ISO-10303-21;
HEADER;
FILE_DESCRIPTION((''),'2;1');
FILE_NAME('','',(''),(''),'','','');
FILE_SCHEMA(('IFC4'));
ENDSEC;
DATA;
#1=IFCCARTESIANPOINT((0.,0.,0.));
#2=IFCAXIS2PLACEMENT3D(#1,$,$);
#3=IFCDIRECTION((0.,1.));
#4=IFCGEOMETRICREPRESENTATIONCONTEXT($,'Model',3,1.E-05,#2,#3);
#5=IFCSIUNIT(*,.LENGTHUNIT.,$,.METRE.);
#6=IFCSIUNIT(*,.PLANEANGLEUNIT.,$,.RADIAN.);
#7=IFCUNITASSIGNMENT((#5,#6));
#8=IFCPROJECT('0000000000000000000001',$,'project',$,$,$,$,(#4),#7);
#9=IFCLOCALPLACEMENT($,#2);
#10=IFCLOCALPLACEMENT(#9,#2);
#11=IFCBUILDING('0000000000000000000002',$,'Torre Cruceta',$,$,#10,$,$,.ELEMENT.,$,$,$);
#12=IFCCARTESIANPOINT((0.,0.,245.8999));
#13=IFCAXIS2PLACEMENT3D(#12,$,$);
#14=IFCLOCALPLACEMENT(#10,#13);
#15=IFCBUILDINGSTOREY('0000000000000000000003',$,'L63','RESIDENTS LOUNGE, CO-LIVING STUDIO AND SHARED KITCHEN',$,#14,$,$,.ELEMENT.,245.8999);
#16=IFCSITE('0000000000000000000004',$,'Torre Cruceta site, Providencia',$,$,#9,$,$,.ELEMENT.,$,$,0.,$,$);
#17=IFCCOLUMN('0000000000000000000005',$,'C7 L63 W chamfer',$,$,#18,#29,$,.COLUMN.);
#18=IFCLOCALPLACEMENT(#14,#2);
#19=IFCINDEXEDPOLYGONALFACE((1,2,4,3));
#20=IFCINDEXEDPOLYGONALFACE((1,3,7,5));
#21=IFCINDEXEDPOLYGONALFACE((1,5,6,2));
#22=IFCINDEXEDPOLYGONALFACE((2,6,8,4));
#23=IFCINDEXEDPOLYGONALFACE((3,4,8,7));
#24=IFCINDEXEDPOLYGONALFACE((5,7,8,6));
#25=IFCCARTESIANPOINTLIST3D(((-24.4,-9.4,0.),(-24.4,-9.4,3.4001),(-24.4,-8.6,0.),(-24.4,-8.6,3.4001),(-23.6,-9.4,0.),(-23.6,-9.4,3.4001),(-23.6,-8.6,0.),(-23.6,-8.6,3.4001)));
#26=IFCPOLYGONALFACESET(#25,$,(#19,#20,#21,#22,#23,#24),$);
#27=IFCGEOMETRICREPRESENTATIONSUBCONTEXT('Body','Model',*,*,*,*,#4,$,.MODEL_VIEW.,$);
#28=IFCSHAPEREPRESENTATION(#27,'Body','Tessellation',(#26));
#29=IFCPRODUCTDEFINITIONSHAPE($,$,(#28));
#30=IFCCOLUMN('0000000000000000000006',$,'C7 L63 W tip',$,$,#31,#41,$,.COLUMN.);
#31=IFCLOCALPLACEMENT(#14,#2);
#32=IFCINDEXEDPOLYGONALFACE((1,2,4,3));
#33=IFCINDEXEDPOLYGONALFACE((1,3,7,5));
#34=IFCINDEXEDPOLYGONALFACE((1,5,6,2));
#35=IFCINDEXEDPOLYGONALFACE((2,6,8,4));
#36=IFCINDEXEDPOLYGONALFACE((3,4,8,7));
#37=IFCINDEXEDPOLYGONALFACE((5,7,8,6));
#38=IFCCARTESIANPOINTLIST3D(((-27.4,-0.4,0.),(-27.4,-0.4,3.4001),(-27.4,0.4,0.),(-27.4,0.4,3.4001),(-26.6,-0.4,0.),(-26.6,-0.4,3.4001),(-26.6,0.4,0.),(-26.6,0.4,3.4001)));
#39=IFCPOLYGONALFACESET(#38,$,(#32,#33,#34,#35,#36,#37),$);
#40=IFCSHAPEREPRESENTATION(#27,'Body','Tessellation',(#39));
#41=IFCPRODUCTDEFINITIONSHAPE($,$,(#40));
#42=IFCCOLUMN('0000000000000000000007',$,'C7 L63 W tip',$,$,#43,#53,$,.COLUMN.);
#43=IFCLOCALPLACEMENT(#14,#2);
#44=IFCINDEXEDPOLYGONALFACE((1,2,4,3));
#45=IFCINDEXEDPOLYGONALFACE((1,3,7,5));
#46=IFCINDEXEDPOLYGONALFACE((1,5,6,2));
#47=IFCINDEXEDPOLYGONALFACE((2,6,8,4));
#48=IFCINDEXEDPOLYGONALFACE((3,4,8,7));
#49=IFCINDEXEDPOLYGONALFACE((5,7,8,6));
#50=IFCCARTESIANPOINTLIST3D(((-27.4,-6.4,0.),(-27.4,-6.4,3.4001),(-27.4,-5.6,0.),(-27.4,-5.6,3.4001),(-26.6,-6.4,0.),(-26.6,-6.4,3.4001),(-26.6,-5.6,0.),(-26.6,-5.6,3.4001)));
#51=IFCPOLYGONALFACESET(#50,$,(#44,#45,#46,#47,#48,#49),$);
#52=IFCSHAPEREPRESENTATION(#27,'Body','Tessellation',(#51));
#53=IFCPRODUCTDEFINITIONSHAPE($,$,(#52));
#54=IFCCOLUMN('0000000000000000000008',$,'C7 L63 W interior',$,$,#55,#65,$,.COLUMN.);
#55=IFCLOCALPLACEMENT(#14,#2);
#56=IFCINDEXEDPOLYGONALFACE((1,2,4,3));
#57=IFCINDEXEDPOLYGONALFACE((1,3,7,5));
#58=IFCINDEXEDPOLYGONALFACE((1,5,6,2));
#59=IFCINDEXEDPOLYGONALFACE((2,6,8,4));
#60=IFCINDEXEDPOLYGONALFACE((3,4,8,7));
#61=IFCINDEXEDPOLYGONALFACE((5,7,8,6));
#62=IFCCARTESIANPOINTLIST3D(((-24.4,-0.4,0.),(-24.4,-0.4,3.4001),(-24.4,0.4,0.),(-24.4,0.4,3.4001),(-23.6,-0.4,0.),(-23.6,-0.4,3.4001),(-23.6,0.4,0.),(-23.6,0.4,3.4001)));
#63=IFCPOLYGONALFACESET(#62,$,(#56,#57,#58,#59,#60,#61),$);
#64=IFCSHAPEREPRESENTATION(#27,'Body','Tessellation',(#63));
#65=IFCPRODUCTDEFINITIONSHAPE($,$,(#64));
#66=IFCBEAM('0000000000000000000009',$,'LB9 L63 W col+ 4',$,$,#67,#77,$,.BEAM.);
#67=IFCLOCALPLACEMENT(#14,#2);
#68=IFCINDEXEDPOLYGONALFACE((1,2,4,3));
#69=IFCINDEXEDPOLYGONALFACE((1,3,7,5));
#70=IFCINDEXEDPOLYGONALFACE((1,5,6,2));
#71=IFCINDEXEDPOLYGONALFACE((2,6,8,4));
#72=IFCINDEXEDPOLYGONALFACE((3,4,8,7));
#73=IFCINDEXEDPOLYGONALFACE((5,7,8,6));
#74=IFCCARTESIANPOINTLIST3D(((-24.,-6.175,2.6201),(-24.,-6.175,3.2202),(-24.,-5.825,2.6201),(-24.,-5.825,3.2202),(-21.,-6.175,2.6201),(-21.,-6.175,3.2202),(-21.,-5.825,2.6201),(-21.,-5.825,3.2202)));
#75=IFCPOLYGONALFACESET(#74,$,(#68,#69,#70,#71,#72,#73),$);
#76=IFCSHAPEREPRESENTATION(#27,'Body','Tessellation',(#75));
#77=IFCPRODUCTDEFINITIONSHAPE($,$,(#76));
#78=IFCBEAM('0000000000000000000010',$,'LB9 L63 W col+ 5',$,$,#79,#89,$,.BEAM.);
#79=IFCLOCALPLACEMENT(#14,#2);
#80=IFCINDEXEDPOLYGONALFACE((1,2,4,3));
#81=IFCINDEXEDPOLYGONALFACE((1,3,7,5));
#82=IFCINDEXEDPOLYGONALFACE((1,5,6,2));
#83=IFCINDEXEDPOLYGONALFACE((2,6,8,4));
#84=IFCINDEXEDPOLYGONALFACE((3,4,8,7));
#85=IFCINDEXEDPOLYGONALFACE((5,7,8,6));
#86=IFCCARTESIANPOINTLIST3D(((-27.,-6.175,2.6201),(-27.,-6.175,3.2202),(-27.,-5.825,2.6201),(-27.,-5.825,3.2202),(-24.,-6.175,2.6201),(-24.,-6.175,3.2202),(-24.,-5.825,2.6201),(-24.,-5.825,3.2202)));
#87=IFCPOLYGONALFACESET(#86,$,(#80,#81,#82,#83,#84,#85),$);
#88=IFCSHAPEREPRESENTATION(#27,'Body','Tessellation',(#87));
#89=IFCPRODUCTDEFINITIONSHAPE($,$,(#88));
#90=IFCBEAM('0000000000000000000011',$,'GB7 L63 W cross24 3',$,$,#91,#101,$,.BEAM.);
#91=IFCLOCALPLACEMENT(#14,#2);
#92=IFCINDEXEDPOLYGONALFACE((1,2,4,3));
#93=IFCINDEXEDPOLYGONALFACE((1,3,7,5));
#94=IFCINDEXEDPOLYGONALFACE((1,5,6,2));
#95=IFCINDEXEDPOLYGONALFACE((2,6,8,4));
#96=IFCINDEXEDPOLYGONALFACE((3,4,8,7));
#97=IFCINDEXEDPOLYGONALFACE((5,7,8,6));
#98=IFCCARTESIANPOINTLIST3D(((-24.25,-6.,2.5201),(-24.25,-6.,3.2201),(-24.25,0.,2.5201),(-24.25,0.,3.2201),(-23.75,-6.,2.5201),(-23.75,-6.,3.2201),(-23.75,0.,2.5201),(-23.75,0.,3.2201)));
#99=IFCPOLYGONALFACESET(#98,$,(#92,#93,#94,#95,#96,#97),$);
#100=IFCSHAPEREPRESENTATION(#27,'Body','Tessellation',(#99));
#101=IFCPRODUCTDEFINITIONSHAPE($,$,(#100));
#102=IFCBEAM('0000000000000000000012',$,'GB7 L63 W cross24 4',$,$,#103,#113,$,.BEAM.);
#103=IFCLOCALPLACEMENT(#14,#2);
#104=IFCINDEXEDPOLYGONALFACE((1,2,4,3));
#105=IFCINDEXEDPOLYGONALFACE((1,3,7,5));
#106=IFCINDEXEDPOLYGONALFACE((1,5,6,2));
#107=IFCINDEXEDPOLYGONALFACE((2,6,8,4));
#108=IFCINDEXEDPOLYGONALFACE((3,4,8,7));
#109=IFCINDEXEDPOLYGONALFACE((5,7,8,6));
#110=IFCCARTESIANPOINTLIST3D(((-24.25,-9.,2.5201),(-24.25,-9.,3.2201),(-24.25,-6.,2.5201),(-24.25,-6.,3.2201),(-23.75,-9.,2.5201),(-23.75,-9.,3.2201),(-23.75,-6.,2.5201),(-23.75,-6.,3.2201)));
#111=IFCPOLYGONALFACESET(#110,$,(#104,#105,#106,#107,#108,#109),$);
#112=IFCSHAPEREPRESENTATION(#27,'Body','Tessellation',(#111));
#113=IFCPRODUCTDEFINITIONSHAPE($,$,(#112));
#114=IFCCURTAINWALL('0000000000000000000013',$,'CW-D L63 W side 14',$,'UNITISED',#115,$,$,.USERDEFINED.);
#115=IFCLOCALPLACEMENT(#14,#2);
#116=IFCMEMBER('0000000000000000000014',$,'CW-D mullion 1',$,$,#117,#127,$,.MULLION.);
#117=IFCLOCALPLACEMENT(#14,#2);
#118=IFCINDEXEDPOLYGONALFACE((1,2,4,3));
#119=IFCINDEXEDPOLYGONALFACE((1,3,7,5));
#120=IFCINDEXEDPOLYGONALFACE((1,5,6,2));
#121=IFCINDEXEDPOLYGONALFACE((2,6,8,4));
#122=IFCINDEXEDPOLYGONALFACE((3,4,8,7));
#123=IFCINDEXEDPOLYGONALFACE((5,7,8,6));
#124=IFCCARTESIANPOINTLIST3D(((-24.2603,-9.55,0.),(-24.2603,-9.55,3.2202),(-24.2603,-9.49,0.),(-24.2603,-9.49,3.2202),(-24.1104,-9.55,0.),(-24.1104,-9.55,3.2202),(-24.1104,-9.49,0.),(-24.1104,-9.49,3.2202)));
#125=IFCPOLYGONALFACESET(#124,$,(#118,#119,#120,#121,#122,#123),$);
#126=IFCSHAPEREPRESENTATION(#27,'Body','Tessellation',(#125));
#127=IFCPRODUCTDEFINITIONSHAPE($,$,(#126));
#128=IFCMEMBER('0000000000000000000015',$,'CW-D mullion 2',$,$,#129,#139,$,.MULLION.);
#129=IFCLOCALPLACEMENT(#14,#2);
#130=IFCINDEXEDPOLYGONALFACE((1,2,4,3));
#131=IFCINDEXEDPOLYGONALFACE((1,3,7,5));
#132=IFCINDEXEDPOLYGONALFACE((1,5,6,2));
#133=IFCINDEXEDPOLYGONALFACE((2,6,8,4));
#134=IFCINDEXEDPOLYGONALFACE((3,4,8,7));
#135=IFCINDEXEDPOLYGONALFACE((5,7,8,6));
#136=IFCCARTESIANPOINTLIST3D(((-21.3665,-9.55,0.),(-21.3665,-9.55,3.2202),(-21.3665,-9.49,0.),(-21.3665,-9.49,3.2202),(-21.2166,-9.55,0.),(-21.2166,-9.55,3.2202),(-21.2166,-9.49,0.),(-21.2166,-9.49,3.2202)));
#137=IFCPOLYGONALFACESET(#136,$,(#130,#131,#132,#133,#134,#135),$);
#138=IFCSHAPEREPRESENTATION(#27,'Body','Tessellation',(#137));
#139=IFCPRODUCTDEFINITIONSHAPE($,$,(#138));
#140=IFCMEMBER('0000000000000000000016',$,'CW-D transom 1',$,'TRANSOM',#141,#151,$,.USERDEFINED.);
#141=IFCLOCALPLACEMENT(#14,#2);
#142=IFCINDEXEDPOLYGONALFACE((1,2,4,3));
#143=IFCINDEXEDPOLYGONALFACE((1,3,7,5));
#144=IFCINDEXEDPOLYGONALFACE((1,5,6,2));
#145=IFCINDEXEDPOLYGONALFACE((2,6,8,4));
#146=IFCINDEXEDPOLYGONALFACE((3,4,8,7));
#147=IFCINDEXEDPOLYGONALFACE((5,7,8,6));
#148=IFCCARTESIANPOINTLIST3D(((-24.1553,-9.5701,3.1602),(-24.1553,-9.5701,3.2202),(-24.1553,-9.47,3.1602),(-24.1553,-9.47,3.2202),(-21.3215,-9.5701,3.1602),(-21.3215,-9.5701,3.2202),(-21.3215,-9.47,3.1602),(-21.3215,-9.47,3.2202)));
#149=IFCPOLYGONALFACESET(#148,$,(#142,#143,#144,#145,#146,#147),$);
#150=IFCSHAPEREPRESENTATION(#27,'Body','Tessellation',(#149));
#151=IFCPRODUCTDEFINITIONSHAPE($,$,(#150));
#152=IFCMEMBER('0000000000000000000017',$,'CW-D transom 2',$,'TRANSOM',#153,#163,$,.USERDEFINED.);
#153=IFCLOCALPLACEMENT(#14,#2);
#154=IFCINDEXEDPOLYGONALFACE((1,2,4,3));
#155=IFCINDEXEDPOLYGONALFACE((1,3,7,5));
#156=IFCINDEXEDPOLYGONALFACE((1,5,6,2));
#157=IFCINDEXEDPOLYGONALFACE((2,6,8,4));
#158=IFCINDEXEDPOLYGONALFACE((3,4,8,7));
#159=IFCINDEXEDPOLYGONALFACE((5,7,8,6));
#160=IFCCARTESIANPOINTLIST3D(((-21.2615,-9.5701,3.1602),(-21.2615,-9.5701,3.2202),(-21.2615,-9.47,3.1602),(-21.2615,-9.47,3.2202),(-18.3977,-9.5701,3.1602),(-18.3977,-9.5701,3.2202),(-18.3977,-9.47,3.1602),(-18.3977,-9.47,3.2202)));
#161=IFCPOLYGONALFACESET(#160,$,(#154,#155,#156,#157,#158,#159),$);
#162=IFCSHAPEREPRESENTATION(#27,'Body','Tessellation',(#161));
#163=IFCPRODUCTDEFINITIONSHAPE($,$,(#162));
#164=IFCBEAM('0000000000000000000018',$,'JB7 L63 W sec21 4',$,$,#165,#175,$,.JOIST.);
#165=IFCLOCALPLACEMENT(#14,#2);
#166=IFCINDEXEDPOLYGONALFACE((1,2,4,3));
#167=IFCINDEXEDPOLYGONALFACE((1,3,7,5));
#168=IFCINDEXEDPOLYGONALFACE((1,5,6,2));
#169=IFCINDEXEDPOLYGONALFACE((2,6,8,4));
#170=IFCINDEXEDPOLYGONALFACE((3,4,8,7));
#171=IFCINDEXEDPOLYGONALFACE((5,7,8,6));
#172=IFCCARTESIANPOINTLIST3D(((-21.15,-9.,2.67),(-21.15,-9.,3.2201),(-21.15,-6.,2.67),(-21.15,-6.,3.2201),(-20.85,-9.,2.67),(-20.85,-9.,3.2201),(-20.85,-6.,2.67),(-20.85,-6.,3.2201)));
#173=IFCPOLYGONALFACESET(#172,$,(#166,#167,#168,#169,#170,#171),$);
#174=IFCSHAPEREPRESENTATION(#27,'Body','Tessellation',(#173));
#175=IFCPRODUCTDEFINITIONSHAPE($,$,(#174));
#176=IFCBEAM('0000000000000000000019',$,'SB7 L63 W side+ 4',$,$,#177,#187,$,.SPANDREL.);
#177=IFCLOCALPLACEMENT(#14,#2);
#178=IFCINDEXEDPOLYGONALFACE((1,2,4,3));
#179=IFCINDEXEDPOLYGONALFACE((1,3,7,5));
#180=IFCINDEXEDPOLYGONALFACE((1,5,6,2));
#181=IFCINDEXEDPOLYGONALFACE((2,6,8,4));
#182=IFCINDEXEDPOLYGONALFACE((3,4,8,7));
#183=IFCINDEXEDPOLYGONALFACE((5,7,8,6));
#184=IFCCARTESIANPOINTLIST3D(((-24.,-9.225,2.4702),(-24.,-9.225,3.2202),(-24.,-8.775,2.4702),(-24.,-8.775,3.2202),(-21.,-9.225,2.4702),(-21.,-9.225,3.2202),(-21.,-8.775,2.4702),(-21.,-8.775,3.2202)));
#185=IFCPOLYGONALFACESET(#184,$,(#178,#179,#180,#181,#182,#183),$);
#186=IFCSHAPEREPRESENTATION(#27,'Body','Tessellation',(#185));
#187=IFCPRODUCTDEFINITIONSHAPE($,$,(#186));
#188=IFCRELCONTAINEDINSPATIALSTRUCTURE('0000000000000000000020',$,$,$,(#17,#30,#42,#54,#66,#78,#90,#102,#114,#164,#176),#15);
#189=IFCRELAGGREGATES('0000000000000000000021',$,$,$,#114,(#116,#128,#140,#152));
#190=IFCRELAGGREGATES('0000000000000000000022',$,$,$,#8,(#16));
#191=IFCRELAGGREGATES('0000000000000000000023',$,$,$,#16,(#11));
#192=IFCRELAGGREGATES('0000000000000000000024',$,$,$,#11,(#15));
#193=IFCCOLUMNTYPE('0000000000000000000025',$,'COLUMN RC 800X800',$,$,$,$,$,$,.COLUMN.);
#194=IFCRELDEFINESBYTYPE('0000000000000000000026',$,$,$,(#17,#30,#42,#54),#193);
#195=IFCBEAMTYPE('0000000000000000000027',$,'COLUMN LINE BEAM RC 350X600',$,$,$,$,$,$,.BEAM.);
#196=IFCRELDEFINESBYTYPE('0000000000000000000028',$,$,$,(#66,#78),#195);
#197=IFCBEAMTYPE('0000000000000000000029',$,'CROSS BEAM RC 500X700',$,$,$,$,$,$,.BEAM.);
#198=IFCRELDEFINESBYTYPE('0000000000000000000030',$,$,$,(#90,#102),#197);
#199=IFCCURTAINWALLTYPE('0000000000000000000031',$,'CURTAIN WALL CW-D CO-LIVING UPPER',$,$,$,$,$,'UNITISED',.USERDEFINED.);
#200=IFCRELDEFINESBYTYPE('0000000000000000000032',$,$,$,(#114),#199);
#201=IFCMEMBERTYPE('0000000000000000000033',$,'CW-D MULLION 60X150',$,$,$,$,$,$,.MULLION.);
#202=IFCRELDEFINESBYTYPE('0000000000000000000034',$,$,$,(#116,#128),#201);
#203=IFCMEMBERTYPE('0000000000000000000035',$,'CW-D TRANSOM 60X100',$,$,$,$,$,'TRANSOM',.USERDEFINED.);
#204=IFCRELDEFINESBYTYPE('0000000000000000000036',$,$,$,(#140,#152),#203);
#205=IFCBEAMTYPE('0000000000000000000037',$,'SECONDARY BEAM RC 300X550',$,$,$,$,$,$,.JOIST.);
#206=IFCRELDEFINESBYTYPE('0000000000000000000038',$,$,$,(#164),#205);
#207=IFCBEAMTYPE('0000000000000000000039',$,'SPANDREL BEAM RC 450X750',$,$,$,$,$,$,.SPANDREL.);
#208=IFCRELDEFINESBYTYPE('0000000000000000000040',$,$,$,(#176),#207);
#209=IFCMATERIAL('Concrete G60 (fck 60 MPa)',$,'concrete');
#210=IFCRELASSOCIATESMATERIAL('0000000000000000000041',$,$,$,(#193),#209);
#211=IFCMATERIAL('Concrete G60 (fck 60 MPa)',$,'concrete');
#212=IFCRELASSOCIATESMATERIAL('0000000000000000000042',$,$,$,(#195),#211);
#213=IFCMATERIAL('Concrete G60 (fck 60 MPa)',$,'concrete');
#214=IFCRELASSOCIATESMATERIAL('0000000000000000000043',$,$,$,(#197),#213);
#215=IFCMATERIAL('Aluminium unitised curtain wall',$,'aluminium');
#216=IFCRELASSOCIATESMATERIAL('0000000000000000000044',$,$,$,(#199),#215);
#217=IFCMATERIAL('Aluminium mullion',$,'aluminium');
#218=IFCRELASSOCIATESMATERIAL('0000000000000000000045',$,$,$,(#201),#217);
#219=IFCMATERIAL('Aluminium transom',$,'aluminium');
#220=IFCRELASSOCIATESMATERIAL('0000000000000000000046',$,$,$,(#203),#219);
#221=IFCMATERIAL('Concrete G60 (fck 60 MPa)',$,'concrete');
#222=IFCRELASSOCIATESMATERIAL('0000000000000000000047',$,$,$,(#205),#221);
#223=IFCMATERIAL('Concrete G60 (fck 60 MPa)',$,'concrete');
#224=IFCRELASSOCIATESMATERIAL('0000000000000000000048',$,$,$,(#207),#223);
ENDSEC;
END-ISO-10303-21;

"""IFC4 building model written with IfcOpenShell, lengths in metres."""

from ifc_helpers import new_model, si_unit, direction, frame, origin, origin_2d, place, context, subcontext, project, spatial, rectangle, extrude, material, material_profile, profile_set, type_object, element, aggregate, save


model = new_model("IFC4")

# Units and contexts
model_context = context("Model", 3, precision=1e-05, world=origin(), true_north=direction((0.0, 1.0)))
body_context = subcontext(model_context, "Body", "Model", "MODEL_VIEW")
ifc_project = project(units=[si_unit("LENGTHUNIT", "METRE"), si_unit("PLANEANGLEUNIT", "RADIAN")], contexts=[model_context])

# Site, building, storey
site_placement = place(None, origin())
site = spatial("IfcSite", under=ifc_project, at=site_placement, Name="Torre Cruceta site, Providencia", CompositionType="ELEMENT", RefElevation=0.0)
building_placement = place(site_placement, origin())
building = spatial("IfcBuilding", under=site, at=building_placement, Name="Torre Cruceta", CompositionType="ELEMENT")
storey_placement = place(building_placement, frame((0.0, 0.0, 245.8999)))
storey = spatial("IfcBuildingStorey", under=building, at=storey_placement, Name="L63", Description="RESIDENTS LOUNGE, CO-LIVING STUDIO AND SHARED KITCHEN", CompositionType="ELEMENT", Elevation=245.8999)

# Columns
ifc_material_1 = material(Name="Concrete G60 (fck 60 MPa)", Category="concrete")
ifc_material_profile_1 = material_profile(ifc_material_1, rectangle(XDim=0.8, YDim=0.8, at=origin_2d()), Name="RC 800X800")
ifc_profile_set_1 = profile_set([ifc_material_profile_1], Name="Concrete G60 (fck 60 MPa)")
column_type = type_object("IfcColumnType", Name="COLUMN RC 800X800", PredefinedType="COLUMN", material=ifc_profile_set_1)
for number, where, z_axis, x_axis, name in (
    (1, (-24.0, -9.0, 0.0), (0.0, 0.0, 1.0), (1.0, 0.0, 0.0), "C7 L63 W chamfer"),
    (2, (-27.0, 0.0, 0.0), (0.0, 0.0, 1.0), (1.0, 0.0, 0.0), "C7 L63 W tip"),
    (3, (-27.0, -6.0, 0.0), (0.0, 0.0, 1.0), (1.0, 0.0, 0.0), "C7 L63 W tip"),
    (4, (-24.0, 0.0, 0.0), (0.0, 0.0, 1.0), (1.0, 0.0, 0.0), "C7 L63 W interior"),
):
    element("IfcColumn", number, at=place(storey_placement, frame(where, z_axis=z_axis, x_axis=x_axis)), inside=storey, type_object=column_type, Name=name, PredefinedType="COLUMN", context=body_context, shape_type="SweptSolid", body=[
        extrude(rectangle(XDim=0.8, YDim=0.8, at=origin_2d()), origin(), (0.0, 0.0, 1.0), 3.4001),
    ])

# Beams
ifc_material_2 = material(Name="Concrete G60 (fck 60 MPa)", Category="concrete")
ifc_material_profile_2 = material_profile(ifc_material_2, rectangle(XDim=0.3501, YDim=0.6001, at=origin_2d()), Name="RC 350X600")
ifc_profile_set_2 = profile_set([ifc_material_profile_2], Name="Concrete G60 (fck 60 MPa)")
beam_type_1 = type_object("IfcBeamType", Name="COLUMN LINE BEAM RC 350X600", PredefinedType="BEAM", material=ifc_profile_set_2)
for number, where, z_axis, x_axis, name in (
    (5, (-21.0, -6.0, 2.9202), (-1.0, 0.0, 0.0), (0.0, -1.0, 0.0), "LB9 L63 W col+ 4"),
    (6, (-24.0, -6.0, 2.9202), (-1.0, 0.0, 0.0), (0.0, -1.0, 0.0), "LB9 L63 W col+ 5"),
):
    element("IfcBeam", number, at=place(storey_placement, frame(where, z_axis=z_axis, x_axis=x_axis)), inside=storey, type_object=beam_type_1, Name=name, PredefinedType="BEAM", context=body_context, shape_type="SweptSolid", body=[
        extrude(rectangle(XDim=0.3501, YDim=0.6001, at=origin_2d()), origin(), (0.0, 0.0, 1.0), 3.0),
    ])
ifc_material_3 = material(Name="Concrete G60 (fck 60 MPa)", Category="concrete")
ifc_material_profile_3 = material_profile(ifc_material_3, rectangle(XDim=0.5, YDim=0.7, at=origin_2d()), Name="RC 500X700")
ifc_profile_set_3 = profile_set([ifc_material_profile_3], Name="Concrete G60 (fck 60 MPa)")
beam_type_2 = type_object("IfcBeamType", Name="CROSS BEAM RC 500X700", PredefinedType="BEAM", material=ifc_profile_set_3)
beam_1_placement = place(storey_placement, frame((-24.0, 0.0, 2.8701), z_axis=(0.0, -1.0, 0.0), x_axis=(1.0, 0.0, 0.0)))
element("IfcBeam", 7, at=beam_1_placement, inside=storey, type_object=beam_type_2, Name="GB7 L63 W cross24 3", PredefinedType="BEAM", context=body_context, shape_type="SweptSolid", body=[
    extrude(rectangle(XDim=0.5, YDim=0.7, at=origin_2d()), origin(), (0.0, 0.0, 1.0), 6.0),
])
beam_2_placement = place(storey_placement, frame((-24.0, -6.0, 2.8701), z_axis=(0.0, -1.0, 0.0), x_axis=(1.0, 0.0, 0.0)))
element("IfcBeam", 8, at=beam_2_placement, inside=storey, type_object=beam_type_2, Name="GB7 L63 W cross24 4", PredefinedType="BEAM", context=body_context, shape_type="SweptSolid", body=[
    extrude(rectangle(XDim=0.5, YDim=0.7, at=origin_2d()), origin(), (0.0, 0.0, 1.0), 3.0),
])

# Curtain wall, members
ifc_material_4 = material(Name="Aluminium unitised curtain wall", Category="aluminium")
curtain_wall_type = type_object("IfcCurtainWallType", Name="CURTAIN WALL CW-D CO-LIVING UPPER", ElementType="UNITISED", PredefinedType="USERDEFINED", material=ifc_material_4)
curtain_wall_placement = place(storey_placement, origin())
curtain_wall = element("IfcCurtainWall", 9, at=curtain_wall_placement, inside=storey, type_object=curtain_wall_type, Name="CW-D L63 W side 14", ObjectType="UNITISED", PredefinedType="USERDEFINED")
ifc_material_5 = material(Name="Aluminium mullion", Category="aluminium")
ifc_material_profile_4 = material_profile(ifc_material_5, rectangle(XDim=0.0601, YDim=0.1499, at=origin_2d()), Name="AL 60X150")
ifc_profile_set_4 = profile_set([ifc_material_profile_4], Name="Aluminium mullion")
member_type_1 = type_object("IfcMemberType", Name="CW-D MULLION 60X150", PredefinedType="MULLION", material=ifc_profile_set_4)
member_1_placement = place(storey_placement, frame((-24.1853, -9.52, 0.0), z_axis=(0.0, 0.0, 1.0), x_axis=(0.0, 1.0, 0.0)))
member_1 = element("IfcMember", 10, at=member_1_placement, type_object=member_type_1, Name="CW-D mullion 1", PredefinedType="MULLION", context=body_context, shape_type="SweptSolid", body=[
    extrude(rectangle(XDim=0.0601, YDim=0.1499, at=origin_2d()), origin(), (0.0, 0.0, 1.0), 3.2202),
])
member_2_placement = place(storey_placement, frame((-21.2915, -9.52, 0.0), z_axis=(0.0, 0.0, 1.0), x_axis=(0.0, 1.0, 0.0)))
member_2 = element("IfcMember", 11, at=member_2_placement, type_object=member_type_1, Name="CW-D mullion 2", PredefinedType="MULLION", context=body_context, shape_type="SweptSolid", body=[
    extrude(rectangle(XDim=0.0601, YDim=0.1499, at=origin_2d()), origin(), (0.0, 0.0, 1.0), 3.2202),
])
ifc_material_6 = material(Name="Aluminium transom", Category="aluminium")
ifc_material_profile_5 = material_profile(ifc_material_6, rectangle(XDim=0.1001, YDim=0.0601, at=origin_2d()), Name="AL 100X60")
ifc_profile_set_5 = profile_set([ifc_material_profile_5], Name="Aluminium transom")
member_type_2 = type_object("IfcMemberType", Name="CW-D TRANSOM 60X100", ElementType="TRANSOM", PredefinedType="USERDEFINED", material=ifc_profile_set_5)
member_3_placement = place(storey_placement, frame((-24.1553, -9.52, 3.1902), z_axis=(1.0, 0.0, 0.0), x_axis=(0.0, 1.0, 0.0)))
member_3 = element("IfcMember", 12, at=member_3_placement, type_object=member_type_2, Name="CW-D transom 1", ObjectType="TRANSOM", PredefinedType="USERDEFINED", context=body_context, shape_type="SweptSolid", body=[
    extrude(rectangle(XDim=0.1001, YDim=0.0601, at=origin_2d()), origin(), (0.0, 0.0, 1.0), 2.8337),
])
member_4_placement = place(storey_placement, frame((-21.2615, -9.52, 3.1902), z_axis=(1.0, 0.0, 0.0), x_axis=(0.0, 1.0, 0.0)))
member_4 = element("IfcMember", 13, at=member_4_placement, type_object=member_type_2, Name="CW-D transom 2", ObjectType="TRANSOM", PredefinedType="USERDEFINED", context=body_context, shape_type="SweptSolid", body=[
    extrude(rectangle(XDim=0.1001, YDim=0.0601, at=origin_2d()), origin(), (0.0, 0.0, 1.0), 2.8638),
])

# Beams
ifc_material_7 = material(Name="Concrete G60 (fck 60 MPa)", Category="concrete")
ifc_material_profile_6 = material_profile(ifc_material_7, rectangle(XDim=0.3, YDim=0.55, at=origin_2d()), Name="RC 300X550")
ifc_profile_set_6 = profile_set([ifc_material_profile_6], Name="Concrete G60 (fck 60 MPa)")
beam_type_3 = type_object("IfcBeamType", Name="SECONDARY BEAM RC 300X550", PredefinedType="JOIST", material=ifc_profile_set_6)
beam_3_placement = place(storey_placement, frame((-21.0, -6.0, 2.9451), z_axis=(0.0, -1.0, 0.0), x_axis=(1.0, 0.0, 0.0)))
element("IfcBeam", 14, at=beam_3_placement, inside=storey, type_object=beam_type_3, Name="JB7 L63 W sec21 4", PredefinedType="JOIST", context=body_context, shape_type="SweptSolid", body=[
    extrude(rectangle(XDim=0.3, YDim=0.55, at=origin_2d()), origin(), (0.0, 0.0, 1.0), 3.0),
])
ifc_material_8 = material(Name="Concrete G60 (fck 60 MPa)", Category="concrete")
ifc_material_profile_7 = material_profile(ifc_material_8, rectangle(XDim=0.45, YDim=0.75, at=origin_2d()), Name="RC 450X750")
ifc_profile_set_7 = profile_set([ifc_material_profile_7], Name="Concrete G60 (fck 60 MPa)")
beam_type_4 = type_object("IfcBeamType", Name="SPANDREL BEAM RC 450X750", PredefinedType="SPANDREL", material=ifc_profile_set_7)
beam_4_placement = place(storey_placement, frame((-21.0, -9.0, 2.8452), z_axis=(-1.0, 0.0, 0.0), x_axis=(0.0, -1.0, 0.0)))
element("IfcBeam", 15, at=beam_4_placement, inside=storey, type_object=beam_type_4, Name="SB7 L63 W side+ 4", PredefinedType="SPANDREL", context=body_context, shape_type="SweptSolid", body=[
    extrude(rectangle(XDim=0.45, YDim=0.75, at=origin_2d()), origin(), (0.0, 0.0, 1.0), 3.0),
])

aggregate(curtain_wall, [member_1, member_2, member_3, member_4])

save(model, "model.ifc")
